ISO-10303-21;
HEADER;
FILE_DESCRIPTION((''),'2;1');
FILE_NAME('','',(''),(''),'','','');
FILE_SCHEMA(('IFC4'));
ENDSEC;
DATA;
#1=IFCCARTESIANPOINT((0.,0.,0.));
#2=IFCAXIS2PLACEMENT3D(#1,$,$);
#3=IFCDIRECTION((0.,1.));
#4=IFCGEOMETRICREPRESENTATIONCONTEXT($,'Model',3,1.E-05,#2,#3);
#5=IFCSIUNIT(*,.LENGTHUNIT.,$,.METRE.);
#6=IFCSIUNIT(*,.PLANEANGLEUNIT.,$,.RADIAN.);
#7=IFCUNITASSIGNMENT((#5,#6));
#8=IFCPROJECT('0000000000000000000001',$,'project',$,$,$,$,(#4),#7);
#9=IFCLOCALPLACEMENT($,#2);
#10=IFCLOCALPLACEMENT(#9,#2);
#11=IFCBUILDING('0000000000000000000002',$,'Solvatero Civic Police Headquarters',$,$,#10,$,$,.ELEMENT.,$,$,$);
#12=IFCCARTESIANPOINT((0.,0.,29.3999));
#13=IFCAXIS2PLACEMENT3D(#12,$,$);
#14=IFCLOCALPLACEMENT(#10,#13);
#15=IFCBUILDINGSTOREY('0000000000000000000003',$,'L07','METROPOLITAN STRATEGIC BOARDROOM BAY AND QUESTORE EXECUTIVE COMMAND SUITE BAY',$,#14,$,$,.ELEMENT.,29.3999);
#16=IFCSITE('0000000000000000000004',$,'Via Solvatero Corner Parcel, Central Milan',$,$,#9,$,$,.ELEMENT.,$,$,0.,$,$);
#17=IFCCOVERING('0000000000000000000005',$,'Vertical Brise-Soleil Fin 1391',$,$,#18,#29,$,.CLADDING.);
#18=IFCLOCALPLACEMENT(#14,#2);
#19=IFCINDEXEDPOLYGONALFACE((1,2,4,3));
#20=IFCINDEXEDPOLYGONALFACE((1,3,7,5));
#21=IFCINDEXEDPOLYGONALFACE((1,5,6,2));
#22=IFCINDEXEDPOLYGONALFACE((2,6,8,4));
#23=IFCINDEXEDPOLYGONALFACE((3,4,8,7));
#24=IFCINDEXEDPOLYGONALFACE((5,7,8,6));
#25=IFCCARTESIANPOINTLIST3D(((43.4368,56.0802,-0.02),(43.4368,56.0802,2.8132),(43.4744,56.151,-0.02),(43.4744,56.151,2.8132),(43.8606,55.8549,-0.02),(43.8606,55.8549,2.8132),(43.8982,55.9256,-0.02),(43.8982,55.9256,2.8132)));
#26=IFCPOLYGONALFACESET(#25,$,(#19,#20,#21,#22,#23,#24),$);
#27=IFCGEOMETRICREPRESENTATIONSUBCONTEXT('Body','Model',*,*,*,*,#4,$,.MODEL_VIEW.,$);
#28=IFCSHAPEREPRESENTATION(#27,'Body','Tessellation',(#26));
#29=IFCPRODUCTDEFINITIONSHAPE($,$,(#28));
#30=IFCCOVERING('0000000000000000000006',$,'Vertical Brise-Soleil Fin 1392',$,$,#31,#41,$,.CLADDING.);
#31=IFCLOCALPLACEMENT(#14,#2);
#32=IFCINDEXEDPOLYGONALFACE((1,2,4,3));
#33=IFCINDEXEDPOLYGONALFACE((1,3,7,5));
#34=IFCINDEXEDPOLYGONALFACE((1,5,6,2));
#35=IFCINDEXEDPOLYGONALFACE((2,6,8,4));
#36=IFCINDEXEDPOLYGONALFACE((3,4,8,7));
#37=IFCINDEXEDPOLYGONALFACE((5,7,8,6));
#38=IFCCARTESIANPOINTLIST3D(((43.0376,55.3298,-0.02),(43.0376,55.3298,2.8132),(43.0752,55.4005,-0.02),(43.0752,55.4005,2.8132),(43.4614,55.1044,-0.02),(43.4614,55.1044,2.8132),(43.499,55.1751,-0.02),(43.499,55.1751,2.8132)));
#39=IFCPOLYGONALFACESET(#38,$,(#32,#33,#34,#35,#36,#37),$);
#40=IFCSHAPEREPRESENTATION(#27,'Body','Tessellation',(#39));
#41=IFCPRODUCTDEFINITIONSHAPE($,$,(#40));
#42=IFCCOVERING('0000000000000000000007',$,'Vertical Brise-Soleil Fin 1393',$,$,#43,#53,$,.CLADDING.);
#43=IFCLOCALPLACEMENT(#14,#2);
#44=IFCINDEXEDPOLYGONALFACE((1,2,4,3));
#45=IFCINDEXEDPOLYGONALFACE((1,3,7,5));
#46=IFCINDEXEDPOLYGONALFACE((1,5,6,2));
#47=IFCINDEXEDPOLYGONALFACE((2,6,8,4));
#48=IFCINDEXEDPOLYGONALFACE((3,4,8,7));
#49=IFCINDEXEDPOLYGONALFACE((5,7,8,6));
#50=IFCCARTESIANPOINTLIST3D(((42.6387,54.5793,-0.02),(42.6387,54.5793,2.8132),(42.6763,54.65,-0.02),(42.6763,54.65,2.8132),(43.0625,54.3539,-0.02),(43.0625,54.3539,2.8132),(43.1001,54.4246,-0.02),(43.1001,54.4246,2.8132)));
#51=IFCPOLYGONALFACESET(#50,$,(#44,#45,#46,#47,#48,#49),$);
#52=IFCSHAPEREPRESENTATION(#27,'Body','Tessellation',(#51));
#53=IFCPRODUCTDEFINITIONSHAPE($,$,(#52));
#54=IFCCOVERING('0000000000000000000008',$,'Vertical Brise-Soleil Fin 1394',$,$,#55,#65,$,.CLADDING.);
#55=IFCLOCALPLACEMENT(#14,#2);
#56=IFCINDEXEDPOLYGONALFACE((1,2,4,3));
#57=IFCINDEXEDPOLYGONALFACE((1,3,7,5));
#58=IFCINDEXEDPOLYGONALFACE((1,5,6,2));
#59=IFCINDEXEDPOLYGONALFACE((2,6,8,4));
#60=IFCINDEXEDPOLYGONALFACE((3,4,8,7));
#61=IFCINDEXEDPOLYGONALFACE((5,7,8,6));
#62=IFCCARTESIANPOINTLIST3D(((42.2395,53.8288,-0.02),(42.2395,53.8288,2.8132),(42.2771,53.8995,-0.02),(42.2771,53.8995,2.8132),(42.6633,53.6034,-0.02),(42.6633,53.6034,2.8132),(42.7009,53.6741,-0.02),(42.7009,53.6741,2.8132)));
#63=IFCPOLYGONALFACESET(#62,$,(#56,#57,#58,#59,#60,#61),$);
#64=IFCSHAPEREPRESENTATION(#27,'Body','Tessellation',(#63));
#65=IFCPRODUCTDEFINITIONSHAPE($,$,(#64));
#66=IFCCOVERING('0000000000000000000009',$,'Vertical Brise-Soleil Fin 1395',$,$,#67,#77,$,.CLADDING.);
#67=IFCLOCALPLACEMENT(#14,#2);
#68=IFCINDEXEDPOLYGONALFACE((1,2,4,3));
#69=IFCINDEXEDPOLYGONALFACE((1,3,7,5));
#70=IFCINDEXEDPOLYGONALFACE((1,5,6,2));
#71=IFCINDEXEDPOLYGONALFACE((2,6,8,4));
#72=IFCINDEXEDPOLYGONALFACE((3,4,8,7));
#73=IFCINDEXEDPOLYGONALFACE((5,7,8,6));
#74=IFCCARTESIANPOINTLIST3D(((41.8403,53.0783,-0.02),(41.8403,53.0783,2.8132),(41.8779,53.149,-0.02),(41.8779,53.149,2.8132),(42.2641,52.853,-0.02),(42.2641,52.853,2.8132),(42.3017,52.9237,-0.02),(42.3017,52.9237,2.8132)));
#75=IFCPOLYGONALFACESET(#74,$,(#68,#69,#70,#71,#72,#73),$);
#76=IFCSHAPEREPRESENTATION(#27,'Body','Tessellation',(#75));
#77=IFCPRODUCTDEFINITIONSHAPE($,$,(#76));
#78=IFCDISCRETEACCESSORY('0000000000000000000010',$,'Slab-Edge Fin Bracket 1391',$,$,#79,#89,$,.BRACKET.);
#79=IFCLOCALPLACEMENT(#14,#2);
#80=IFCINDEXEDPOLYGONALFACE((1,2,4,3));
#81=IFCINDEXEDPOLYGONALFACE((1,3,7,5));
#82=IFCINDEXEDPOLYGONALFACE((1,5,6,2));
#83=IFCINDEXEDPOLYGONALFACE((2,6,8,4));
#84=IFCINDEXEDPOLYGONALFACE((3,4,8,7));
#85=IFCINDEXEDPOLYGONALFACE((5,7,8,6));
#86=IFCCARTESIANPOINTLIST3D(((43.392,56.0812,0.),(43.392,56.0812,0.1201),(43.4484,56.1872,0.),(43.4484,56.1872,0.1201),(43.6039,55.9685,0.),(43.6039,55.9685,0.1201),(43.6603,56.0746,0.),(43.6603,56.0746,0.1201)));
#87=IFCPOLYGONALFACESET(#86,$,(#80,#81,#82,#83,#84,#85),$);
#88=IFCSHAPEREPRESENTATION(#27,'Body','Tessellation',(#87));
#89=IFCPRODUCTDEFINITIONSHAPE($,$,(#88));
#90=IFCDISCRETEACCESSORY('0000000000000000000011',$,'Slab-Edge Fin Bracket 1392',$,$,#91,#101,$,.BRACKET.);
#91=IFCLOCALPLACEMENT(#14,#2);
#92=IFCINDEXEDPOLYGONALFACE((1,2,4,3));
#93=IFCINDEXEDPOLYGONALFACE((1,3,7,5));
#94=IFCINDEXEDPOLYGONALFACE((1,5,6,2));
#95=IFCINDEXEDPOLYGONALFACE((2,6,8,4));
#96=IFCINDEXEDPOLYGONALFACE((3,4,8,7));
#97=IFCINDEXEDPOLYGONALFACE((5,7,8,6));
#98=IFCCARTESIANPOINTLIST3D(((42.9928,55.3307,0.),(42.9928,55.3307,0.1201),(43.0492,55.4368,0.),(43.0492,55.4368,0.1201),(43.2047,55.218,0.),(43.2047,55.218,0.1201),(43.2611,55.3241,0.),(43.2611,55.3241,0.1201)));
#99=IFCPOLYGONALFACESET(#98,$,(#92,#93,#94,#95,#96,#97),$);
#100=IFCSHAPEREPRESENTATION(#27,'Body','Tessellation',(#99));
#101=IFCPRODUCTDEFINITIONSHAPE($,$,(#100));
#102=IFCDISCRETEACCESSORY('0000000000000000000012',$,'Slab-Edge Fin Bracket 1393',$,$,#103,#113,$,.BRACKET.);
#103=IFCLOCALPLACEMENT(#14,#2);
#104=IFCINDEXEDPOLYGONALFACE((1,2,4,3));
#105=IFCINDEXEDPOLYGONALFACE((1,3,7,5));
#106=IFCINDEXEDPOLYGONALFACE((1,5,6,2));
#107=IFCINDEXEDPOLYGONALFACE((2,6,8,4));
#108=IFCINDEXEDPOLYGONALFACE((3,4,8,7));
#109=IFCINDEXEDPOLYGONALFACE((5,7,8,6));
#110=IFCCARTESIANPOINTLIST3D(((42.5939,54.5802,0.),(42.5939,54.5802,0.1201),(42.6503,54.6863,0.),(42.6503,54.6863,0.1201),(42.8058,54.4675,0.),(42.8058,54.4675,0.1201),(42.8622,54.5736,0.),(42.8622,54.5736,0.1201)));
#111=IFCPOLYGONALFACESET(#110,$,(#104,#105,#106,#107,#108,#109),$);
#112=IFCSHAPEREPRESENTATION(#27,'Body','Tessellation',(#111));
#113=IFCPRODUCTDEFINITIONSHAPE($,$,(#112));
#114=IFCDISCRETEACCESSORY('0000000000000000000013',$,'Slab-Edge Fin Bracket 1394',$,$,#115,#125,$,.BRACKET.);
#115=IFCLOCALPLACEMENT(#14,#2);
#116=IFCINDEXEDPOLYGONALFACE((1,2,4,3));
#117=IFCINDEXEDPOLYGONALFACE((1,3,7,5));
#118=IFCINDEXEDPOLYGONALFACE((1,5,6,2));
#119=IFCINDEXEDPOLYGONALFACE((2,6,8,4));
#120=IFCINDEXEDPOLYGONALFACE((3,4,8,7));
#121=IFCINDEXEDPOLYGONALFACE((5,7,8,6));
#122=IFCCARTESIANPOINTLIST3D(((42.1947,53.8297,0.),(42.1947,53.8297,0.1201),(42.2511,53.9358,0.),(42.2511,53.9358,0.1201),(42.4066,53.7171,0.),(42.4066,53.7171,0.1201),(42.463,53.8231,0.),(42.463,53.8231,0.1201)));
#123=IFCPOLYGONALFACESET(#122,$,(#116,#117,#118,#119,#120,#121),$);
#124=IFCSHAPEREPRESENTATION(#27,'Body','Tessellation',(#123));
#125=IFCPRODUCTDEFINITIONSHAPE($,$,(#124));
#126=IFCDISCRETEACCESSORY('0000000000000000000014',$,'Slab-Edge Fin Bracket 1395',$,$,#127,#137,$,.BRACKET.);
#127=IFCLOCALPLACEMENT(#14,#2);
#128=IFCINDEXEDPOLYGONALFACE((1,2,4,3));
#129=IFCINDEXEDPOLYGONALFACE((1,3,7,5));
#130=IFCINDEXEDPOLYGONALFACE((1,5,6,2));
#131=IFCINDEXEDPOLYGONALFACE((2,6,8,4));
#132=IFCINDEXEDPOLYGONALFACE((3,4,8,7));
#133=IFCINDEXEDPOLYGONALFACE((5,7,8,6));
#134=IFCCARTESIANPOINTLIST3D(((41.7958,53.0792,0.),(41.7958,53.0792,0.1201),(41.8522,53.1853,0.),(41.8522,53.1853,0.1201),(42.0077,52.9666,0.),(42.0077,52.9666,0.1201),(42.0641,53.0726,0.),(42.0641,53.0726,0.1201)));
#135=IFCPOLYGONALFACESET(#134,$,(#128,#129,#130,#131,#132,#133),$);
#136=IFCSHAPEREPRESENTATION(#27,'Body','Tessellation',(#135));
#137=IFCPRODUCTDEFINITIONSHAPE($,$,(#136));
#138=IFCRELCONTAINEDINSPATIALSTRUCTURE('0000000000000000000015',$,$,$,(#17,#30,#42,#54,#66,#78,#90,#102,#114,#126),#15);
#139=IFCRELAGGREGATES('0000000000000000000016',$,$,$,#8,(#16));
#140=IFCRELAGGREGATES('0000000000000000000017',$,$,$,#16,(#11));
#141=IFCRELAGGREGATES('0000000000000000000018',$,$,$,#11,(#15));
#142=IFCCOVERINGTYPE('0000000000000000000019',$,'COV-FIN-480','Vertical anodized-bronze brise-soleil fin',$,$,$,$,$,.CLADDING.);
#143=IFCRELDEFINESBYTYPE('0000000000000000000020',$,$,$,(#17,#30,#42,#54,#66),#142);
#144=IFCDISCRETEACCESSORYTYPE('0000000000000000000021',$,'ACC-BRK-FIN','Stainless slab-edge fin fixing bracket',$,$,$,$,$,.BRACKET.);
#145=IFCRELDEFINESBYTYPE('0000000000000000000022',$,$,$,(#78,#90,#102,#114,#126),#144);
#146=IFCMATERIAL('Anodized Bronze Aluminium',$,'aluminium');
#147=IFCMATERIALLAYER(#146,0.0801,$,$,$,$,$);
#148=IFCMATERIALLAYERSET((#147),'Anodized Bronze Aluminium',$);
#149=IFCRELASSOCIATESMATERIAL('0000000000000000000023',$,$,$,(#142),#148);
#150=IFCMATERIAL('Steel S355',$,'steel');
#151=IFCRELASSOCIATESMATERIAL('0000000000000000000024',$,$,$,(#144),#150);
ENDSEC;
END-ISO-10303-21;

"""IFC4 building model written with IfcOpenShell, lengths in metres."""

from ifc_helpers import new_model, si_unit, direction, frame, origin, origin_2d, place, context, subcontext, project, spatial, rectangle, extrude, material, layer, layer_set, type_object, element, save


model = new_model("IFC4")

# Units and contexts
model_context = context("Model", 3, precision=1e-05, world=origin(), true_north=direction((0.0, 1.0)))
body_context = subcontext(model_context, "Body", "Model", "MODEL_VIEW")
ifc_project = project(units=[si_unit("LENGTHUNIT", "METRE"), si_unit("PLANEANGLEUNIT", "RADIAN")], contexts=[model_context])

# Site, building, storey
site_placement = place(None, origin())
site = spatial("IfcSite", under=ifc_project, at=site_placement, Name="Via Solvatero Corner Parcel, Central Milan", CompositionType="ELEMENT", RefElevation=0.0)
building_placement = place(site_placement, origin())
building = spatial("IfcBuilding", under=site, at=building_placement, Name="Solvatero Civic Police Headquarters", CompositionType="ELEMENT")
storey_placement = place(building_placement, frame((0.0, 0.0, 29.3999)))
storey = spatial("IfcBuildingStorey", under=building, at=storey_placement, Name="L07", Description="METROPOLITAN STRATEGIC BOARDROOM BAY AND QUESTORE EXECUTIVE COMMAND SUITE BAY", CompositionType="ELEMENT", Elevation=29.3999)

# Shared definitions
ifc_material_1 = material(Name="Anodized Bronze Aluminium", Category="aluminium")

# Coverings
ifc_layer_1 = layer(ifc_material_1, 0.0801)
ifc_layer_set_1 = layer_set([ifc_layer_1], Name="Anodized Bronze Aluminium")
covering_type = type_object("IfcCoveringType", Name="COV-FIN-480", Description="Vertical anodized-bronze brise-soleil fin", PredefinedType="CLADDING", material=ifc_layer_set_1)
for number, where, z_axis, x_axis, name in (
    (1, (43.6675, 56.0029, -0.02), (0.0, 0.0, 1.0), (-0.469472, -0.882948, 0.0), "Vertical Brise-Soleil Fin 1391"),
    (2, (43.2683, 55.2524, -0.02), (0.0, 0.0, 1.0), (-0.469472, -0.882948, 0.0), "Vertical Brise-Soleil Fin 1392"),
    (3, (42.8694, 54.502, -0.02), (0.0, 0.0, 1.0), (-0.469472, -0.882948, 0.0), "Vertical Brise-Soleil Fin 1393"),
    (4, (42.4702, 53.7515, -0.02), (0.0, 0.0, 1.0), (-0.469472, -0.882948, 0.0), "Vertical Brise-Soleil Fin 1394"),
    (5, (42.071, 53.001, -0.02), (0.0, 0.0, 1.0), (-0.469472, -0.882948, 0.0), "Vertical Brise-Soleil Fin 1395"),
):
    element("IfcCovering", number, at=place(storey_placement, frame(where, z_axis=z_axis, x_axis=x_axis)), inside=storey, type_object=covering_type, Name=name, PredefinedType="CLADDING", context=body_context, shape_type="SweptSolid", body=[
        extrude(rectangle(XDim=0.0801, YDim=0.48, at=origin_2d()), origin(), (0.0, 0.0, 1.0), 2.8333),
    ])

# Discrete accessories
ifc_material_2 = material(Name="Steel S355", Category="steel")
discrete_accessory_type = type_object("IfcDiscreteAccessoryType", Name="ACC-BRK-FIN", Description="Stainless slab-edge fin fixing bracket", PredefinedType="BRACKET", material=ifc_material_2)
for number, where, z_axis, x_axis, name in (
    (6, (43.5261, 56.0779, 0.0), (0.0, 0.0, 1.0), (-0.469472, -0.882948, 0.0), "Slab-Edge Fin Bracket 1391"),
    (7, (43.127, 55.3274, 0.0), (0.0, 0.0, 1.0), (-0.469472, -0.882948, 0.0), "Slab-Edge Fin Bracket 1392"),
    (8, (42.728, 54.5769, 0.0), (0.0, 0.0, 1.0), (-0.469472, -0.882948, 0.0), "Slab-Edge Fin Bracket 1393"),
    (9, (42.3289, 53.8264, 0.0), (0.0, 0.0, 1.0), (-0.469472, -0.882948, 0.0), "Slab-Edge Fin Bracket 1394"),
    (10, (41.9299, 53.0759, 0.0), (0.0, 0.0, 1.0), (-0.469472, -0.882948, 0.0), "Slab-Edge Fin Bracket 1395"),
):
    element("IfcDiscreteAccessory", number, at=place(storey_placement, frame(where, z_axis=z_axis, x_axis=x_axis)), inside=storey, type_object=discrete_accessory_type, Name=name, PredefinedType="BRACKET", context=body_context, shape_type="SweptSolid", body=[
        extrude(rectangle(XDim=0.1201, YDim=0.24, at=origin_2d()), origin(), (0.0, 0.0, 1.0), 0.1201),
    ])

save(model, "model.ifc")
